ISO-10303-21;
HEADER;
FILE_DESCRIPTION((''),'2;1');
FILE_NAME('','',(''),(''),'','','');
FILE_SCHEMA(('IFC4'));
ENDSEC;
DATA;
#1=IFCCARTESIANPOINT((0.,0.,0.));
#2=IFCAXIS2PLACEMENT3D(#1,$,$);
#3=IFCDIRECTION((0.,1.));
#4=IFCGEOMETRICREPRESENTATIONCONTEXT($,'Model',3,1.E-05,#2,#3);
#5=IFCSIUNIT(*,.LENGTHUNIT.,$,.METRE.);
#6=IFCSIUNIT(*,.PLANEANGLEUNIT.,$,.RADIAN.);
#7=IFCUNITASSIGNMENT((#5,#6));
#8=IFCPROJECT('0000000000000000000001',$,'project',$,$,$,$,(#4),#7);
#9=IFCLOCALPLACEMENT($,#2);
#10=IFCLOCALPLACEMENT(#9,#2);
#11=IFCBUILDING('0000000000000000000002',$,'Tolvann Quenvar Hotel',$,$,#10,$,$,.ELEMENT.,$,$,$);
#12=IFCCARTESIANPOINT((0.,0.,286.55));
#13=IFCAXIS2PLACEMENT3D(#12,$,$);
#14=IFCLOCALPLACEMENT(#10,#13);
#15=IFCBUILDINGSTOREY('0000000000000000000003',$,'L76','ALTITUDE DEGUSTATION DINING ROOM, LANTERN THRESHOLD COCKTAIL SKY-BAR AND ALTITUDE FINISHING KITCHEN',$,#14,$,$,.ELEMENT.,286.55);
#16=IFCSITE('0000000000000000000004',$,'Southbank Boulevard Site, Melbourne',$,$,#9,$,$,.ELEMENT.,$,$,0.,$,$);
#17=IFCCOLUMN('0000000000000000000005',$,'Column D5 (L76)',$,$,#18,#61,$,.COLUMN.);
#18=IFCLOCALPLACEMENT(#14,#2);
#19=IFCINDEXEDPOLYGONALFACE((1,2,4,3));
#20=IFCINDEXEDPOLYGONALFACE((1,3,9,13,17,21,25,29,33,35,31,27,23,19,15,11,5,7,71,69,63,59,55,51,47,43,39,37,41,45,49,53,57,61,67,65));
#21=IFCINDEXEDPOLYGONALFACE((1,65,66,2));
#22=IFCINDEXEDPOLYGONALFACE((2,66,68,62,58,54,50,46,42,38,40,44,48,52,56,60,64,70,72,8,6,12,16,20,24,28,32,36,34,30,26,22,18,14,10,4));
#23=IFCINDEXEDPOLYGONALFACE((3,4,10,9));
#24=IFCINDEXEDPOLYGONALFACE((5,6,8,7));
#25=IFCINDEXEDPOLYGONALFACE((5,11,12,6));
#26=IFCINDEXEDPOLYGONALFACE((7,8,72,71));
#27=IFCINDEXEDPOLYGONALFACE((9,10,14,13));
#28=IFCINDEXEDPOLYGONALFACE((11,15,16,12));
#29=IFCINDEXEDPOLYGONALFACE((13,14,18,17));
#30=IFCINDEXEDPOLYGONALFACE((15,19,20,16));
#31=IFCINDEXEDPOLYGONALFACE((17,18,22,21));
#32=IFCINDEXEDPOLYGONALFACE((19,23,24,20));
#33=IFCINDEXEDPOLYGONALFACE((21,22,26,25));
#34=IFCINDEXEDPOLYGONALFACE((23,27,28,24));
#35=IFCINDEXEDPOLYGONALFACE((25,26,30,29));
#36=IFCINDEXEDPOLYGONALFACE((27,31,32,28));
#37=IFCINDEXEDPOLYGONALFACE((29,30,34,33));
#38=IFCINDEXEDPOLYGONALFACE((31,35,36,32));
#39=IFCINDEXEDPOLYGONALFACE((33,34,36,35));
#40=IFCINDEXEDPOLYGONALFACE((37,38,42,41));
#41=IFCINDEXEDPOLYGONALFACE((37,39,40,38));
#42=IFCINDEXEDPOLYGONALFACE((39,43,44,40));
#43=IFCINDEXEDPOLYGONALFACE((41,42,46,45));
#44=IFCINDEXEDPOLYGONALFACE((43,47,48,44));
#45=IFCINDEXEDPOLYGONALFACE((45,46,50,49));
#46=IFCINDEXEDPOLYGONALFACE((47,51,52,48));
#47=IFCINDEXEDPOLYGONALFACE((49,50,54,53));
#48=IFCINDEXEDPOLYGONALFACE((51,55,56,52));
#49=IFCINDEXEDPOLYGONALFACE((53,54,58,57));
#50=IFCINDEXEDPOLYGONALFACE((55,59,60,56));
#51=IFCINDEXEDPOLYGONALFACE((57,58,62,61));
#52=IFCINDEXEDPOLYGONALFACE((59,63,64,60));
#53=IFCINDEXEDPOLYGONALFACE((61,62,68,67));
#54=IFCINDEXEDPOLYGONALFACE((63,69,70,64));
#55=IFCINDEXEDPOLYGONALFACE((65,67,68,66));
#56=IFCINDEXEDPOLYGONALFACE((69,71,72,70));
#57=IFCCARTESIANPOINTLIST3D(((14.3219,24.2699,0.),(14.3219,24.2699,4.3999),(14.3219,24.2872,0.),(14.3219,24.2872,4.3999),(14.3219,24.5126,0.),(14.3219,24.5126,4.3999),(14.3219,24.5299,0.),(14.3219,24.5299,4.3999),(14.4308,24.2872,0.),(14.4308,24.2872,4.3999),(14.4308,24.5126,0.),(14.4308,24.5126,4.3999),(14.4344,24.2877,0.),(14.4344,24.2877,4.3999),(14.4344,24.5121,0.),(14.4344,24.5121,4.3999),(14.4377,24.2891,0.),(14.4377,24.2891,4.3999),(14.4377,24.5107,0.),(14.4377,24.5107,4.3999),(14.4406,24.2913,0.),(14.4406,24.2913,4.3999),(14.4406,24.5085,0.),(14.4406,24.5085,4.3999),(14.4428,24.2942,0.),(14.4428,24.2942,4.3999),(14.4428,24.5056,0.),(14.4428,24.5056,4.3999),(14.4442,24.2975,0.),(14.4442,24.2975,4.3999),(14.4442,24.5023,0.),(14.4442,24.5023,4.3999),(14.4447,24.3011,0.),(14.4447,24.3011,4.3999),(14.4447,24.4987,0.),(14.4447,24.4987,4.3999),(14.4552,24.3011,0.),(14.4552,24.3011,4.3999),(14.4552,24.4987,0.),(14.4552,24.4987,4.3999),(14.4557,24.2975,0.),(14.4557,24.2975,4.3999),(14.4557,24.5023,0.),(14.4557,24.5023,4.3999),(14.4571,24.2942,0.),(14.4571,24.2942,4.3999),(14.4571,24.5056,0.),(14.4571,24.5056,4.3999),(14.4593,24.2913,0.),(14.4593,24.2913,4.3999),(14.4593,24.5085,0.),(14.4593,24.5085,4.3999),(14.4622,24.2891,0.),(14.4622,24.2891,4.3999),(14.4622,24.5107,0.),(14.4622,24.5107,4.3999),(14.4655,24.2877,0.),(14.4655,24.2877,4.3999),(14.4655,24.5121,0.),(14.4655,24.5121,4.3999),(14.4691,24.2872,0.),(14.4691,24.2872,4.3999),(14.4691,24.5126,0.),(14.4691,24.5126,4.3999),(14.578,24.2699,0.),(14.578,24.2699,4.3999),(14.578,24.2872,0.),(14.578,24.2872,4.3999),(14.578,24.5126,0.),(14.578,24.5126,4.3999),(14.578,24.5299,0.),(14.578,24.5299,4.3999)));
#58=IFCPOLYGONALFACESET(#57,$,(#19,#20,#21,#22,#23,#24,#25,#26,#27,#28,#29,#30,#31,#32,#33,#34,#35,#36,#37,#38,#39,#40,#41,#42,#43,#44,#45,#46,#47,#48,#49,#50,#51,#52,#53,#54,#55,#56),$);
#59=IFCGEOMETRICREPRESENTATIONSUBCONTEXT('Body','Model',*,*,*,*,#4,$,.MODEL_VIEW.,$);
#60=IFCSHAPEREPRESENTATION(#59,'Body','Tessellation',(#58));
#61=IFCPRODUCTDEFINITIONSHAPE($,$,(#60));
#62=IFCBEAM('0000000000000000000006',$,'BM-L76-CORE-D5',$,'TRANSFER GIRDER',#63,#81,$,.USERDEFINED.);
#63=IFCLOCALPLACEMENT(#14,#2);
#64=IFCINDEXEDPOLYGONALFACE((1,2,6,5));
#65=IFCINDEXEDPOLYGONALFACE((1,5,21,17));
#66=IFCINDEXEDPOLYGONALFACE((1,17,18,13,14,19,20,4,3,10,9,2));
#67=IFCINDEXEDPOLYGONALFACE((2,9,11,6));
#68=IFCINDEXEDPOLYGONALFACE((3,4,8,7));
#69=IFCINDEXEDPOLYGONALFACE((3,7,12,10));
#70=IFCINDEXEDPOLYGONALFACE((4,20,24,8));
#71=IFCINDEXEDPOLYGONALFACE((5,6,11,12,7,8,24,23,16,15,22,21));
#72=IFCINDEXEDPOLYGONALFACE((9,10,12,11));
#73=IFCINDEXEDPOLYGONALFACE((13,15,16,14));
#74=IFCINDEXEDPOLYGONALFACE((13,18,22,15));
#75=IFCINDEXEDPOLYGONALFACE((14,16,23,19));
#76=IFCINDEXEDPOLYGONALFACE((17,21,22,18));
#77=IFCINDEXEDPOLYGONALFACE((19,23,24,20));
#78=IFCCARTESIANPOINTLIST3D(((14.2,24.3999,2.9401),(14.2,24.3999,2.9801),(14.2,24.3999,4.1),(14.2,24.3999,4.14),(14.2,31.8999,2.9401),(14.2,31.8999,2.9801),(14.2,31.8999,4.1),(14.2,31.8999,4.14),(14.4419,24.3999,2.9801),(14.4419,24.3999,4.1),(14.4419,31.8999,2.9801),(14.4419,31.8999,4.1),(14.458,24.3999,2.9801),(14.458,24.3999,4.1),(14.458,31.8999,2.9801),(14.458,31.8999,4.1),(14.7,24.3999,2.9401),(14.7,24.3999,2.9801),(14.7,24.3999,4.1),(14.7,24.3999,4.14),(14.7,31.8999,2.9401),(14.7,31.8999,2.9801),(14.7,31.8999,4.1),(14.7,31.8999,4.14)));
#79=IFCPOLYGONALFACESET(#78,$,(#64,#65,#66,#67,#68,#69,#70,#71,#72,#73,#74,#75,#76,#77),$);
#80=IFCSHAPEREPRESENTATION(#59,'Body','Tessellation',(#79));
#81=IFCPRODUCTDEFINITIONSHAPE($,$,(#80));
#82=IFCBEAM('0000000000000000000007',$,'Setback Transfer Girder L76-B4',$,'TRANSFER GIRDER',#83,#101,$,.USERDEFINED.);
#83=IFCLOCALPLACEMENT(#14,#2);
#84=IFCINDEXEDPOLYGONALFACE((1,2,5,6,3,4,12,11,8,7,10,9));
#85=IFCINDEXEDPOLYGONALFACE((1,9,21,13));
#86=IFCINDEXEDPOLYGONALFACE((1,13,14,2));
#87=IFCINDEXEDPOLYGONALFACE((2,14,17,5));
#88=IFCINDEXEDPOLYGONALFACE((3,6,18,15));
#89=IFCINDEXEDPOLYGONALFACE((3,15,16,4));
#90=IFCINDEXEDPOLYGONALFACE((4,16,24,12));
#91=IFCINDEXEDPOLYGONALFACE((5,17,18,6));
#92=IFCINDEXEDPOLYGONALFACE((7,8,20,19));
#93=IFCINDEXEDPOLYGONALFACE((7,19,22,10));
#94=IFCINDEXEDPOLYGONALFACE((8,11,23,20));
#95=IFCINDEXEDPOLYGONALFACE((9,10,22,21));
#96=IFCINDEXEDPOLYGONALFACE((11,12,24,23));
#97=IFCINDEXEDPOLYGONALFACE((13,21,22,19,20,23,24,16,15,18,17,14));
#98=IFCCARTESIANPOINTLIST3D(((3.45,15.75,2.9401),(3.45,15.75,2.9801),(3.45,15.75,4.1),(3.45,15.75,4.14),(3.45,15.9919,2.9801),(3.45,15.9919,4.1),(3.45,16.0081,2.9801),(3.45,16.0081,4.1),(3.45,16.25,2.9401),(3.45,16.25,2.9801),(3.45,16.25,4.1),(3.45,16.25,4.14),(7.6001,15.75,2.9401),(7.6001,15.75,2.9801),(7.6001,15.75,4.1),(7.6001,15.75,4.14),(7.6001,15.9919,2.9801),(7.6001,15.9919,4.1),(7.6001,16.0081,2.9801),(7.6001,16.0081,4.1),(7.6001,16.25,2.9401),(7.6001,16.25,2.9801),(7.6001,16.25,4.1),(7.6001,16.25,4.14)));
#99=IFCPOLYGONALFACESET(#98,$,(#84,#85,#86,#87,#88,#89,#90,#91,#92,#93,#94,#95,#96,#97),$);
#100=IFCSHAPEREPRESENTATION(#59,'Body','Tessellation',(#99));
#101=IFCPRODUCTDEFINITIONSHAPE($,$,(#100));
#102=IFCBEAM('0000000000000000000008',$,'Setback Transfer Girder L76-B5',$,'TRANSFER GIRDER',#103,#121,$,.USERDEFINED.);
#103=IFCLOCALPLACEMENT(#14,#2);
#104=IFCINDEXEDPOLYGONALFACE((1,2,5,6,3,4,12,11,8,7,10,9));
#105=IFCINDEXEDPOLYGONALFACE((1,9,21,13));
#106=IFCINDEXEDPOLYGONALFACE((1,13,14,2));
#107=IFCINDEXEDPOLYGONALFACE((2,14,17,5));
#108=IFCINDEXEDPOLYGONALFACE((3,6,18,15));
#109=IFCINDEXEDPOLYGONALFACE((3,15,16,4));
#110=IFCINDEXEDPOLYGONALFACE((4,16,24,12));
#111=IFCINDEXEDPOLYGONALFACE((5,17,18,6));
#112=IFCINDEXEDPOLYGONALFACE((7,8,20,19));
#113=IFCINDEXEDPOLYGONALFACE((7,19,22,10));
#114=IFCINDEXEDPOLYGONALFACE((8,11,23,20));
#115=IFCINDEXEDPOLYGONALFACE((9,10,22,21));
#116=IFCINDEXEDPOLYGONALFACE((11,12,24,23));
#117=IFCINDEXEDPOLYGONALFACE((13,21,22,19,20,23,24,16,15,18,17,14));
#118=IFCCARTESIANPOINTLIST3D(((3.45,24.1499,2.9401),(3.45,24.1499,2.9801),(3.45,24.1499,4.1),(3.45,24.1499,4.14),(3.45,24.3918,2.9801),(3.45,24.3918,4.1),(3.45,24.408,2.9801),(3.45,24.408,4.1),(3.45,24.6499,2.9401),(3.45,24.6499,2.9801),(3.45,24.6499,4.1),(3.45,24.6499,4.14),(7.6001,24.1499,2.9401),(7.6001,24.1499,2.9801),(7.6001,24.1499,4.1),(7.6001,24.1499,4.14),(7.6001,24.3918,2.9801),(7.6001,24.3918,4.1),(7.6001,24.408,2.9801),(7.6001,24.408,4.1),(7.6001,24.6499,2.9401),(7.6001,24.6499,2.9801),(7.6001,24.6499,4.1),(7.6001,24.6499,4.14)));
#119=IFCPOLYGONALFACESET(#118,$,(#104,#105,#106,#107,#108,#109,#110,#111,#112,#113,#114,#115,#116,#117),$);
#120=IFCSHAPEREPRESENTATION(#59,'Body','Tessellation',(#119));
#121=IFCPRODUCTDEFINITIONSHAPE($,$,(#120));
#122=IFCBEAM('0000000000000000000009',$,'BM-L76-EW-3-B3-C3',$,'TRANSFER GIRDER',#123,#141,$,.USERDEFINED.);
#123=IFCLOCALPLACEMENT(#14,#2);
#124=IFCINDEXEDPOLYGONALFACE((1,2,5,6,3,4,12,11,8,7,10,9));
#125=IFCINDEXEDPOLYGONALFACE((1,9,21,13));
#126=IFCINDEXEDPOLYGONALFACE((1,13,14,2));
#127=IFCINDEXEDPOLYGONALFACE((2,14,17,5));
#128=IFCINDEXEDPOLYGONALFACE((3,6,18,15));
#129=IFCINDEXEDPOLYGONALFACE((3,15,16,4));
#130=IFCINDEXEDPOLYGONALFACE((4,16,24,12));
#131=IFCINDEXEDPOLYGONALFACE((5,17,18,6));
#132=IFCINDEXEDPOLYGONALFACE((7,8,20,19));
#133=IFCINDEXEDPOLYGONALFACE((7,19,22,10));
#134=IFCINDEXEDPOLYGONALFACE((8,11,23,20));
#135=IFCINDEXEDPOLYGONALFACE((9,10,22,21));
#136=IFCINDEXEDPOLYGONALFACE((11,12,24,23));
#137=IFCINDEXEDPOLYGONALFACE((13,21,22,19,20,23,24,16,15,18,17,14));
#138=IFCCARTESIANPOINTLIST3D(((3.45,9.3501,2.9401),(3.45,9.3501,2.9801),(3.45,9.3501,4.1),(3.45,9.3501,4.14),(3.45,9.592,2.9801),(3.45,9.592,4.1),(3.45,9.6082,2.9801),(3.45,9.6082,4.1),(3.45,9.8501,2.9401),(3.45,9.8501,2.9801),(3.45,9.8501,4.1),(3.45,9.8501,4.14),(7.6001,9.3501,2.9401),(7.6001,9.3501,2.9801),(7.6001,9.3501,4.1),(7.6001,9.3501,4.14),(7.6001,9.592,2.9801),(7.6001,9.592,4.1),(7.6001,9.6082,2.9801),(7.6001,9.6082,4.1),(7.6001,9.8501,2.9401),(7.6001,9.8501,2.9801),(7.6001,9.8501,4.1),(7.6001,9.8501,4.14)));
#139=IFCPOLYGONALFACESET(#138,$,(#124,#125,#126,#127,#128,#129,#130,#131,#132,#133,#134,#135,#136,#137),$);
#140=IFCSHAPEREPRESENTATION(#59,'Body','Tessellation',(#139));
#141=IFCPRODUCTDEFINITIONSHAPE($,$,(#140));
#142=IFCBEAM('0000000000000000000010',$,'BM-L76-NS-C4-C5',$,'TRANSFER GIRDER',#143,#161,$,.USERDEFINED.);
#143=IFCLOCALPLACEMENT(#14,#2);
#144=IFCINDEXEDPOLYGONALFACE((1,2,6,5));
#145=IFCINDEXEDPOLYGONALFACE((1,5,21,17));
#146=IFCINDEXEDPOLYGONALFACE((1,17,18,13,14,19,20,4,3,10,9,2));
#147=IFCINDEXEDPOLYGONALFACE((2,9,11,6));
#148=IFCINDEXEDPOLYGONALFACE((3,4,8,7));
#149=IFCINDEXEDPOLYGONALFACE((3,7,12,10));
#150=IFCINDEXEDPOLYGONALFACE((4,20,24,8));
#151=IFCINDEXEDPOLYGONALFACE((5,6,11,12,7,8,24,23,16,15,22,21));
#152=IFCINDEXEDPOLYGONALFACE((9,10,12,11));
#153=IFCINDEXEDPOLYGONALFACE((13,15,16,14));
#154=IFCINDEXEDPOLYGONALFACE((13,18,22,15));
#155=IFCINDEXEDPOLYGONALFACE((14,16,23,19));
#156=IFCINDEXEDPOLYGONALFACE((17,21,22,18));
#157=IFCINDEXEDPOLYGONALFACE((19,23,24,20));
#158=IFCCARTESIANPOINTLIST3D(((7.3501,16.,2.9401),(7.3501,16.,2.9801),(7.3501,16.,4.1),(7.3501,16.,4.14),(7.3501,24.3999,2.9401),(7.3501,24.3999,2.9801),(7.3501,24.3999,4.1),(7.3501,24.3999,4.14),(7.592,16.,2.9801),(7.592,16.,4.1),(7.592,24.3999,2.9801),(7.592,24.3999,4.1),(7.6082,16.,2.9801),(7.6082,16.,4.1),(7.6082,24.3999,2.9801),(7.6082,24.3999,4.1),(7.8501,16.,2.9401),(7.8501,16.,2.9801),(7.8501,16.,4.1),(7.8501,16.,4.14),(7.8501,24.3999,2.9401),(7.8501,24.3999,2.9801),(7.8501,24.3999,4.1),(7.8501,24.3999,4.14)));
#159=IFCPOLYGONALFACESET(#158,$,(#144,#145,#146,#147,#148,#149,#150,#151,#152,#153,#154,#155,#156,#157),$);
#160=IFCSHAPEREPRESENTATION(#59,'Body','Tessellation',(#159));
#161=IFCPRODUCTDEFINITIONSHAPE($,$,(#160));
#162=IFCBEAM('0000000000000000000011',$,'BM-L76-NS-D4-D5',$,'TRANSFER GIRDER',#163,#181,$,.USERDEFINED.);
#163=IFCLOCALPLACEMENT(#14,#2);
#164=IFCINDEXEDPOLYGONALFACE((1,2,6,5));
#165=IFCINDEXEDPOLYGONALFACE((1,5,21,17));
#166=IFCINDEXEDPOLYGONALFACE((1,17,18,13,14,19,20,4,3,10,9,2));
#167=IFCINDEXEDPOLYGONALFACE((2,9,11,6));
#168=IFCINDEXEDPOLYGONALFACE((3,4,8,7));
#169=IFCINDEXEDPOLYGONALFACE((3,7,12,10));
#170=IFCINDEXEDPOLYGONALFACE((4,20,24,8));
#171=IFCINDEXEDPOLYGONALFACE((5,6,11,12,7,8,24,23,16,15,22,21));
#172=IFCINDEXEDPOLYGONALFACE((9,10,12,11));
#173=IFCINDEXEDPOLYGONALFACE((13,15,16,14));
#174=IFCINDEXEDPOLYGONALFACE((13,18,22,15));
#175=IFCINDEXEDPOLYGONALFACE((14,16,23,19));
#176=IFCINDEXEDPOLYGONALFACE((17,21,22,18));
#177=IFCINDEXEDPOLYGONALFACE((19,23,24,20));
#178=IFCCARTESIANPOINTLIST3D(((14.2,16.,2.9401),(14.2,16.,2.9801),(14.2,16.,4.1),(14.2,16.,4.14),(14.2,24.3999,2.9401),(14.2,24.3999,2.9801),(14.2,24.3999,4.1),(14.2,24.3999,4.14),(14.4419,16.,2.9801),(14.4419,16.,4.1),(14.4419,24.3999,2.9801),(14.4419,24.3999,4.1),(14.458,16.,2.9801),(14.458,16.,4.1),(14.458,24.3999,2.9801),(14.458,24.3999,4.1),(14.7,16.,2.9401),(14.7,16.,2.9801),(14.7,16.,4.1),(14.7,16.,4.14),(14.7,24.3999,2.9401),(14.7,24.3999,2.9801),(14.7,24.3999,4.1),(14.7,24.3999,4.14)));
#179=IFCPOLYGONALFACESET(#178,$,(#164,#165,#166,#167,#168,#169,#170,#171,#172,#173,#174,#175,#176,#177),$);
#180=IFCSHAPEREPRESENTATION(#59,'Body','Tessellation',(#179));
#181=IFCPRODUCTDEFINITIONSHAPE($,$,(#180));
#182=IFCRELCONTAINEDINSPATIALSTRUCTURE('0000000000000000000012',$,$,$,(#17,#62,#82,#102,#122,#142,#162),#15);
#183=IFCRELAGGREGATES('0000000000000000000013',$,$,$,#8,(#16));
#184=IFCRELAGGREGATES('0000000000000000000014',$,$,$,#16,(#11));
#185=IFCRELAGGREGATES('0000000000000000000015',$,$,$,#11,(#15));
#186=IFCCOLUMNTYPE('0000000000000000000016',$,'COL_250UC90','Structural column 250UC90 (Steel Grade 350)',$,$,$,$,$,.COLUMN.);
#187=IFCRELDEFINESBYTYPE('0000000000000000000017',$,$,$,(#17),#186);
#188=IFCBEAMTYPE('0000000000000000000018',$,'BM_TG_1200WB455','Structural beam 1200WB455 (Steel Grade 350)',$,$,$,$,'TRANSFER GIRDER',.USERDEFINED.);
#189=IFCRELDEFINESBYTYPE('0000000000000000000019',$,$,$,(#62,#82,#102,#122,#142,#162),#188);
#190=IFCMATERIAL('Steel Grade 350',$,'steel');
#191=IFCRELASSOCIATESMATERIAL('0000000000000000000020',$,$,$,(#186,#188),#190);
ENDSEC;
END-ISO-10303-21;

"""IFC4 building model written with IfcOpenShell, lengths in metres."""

from ifc_helpers import new_model, si_unit, direction, frame, origin, origin_2d, place, context, subcontext, project, spatial, i_section, extrude, source, transform, mapped, material, material_profile, profile_set, type_object, type_shapes, element, save


model = new_model("IFC4")

# Units and contexts
model_context = context("Model", 3, precision=1e-05, world=origin(), true_north=direction((0.0, 1.0)))
body_context = subcontext(model_context, "Body", "Model", "MODEL_VIEW")
ifc_project = project(units=[si_unit("LENGTHUNIT", "METRE"), si_unit("PLANEANGLEUNIT", "RADIAN")], contexts=[model_context])

# Site, building, storey
site_placement = place(None, origin())
site = spatial("IfcSite", under=ifc_project, at=site_placement, Name="Southbank Boulevard Site, Melbourne", CompositionType="ELEMENT", RefElevation=0.0)
building_placement = place(site_placement, origin())
building = spatial("IfcBuilding", under=site, at=building_placement, Name="Tolvann Quenvar Hotel", CompositionType="ELEMENT")
storey_placement = place(building_placement, frame((0.0, 0.0, 286.55)))
storey = spatial("IfcBuildingStorey", under=building, at=storey_placement, Name="L76", Description="ALTITUDE DEGUSTATION DINING ROOM, LANTERN THRESHOLD COCKTAIL SKY-BAR AND ALTITUDE FINISHING KITCHEN", CompositionType="ELEMENT", Elevation=286.55)

# Column
ifc_material_1 = material(Name="Steel Grade 350", Category="steel")
ifc_material_profile_1 = material_profile(ifc_material_1, i_section(OverallWidth=0.2561, OverallDepth=0.26, WebThickness=0.0105, FlangeThickness=0.0173, FilletRadius=0.0139, at=origin_2d()), Name="250UC90")
ifc_profile_set_1 = profile_set([ifc_material_profile_1], Name="Steel Grade 350")
column_type_1 = type_object("IfcColumnType", Name="COL_250UC90", Description="Structural column 250UC90 (Steel Grade 350)", PredefinedType="COLUMN", material=ifc_profile_set_1)
shared_shape_1 = source(origin(), body_context, "Body", "SweptSolid", [
    extrude(i_section(OverallWidth=0.2561, OverallDepth=0.26, WebThickness=0.0105, FlangeThickness=0.0173, FilletRadius=0.0139, at=origin_2d()), origin(), (0.0, 0.0, 1.0), 4.3999),
])
type_shapes(column_type_1, [shared_shape_1])
for number, where, z_axis, x_axis, name in (
    (1, (14.45, 24.3999, 0.0), (0.0, 0.0, 1.0), (1.0, 0.0, 0.0), "Column D5 (L76)"),
):
    element("IfcColumn", number, at=place(storey_placement, frame(where, z_axis=z_axis, x_axis=x_axis)), inside=storey, type_object=column_type_1, Name=name, PredefinedType="COLUMN", context=body_context, shape_type="MappedRepresentation", body=[
        mapped(shared_shape_1, transform((0.0, 0.0, 0.0), x_axis=(1.0, 0.0, 0.0), y_axis=(0.0, 1.0, 0.0), z_axis=(0.0, 0.0, 1.0), scale=1.0)),
    ])

# Beams
ifc_material_profile_2 = material_profile(ifc_material_1, i_section(OverallWidth=0.5, OverallDepth=1.2, WebThickness=0.0161, FlangeThickness=0.04, at=origin_2d()), Name="1200WB455")
ifc_profile_set_2 = profile_set([ifc_material_profile_2], Name="Steel Grade 350")
beam_type_1 = type_object("IfcBeamType", Name="BM_TG_1200WB455", Description="Structural beam 1200WB455 (Steel Grade 350)", ElementType="TRANSFER GIRDER", PredefinedType="USERDEFINED", material=ifc_profile_set_2)
shared_shape_2 = source(origin(), body_context, "Body", "SweptSolid", [
    extrude(i_section(OverallWidth=0.5, OverallDepth=1.2, WebThickness=0.0161, FlangeThickness=0.04, at=origin_2d()), origin(), (0.0, 0.0, 1.0), 7.5),
])
beam_1_placement = place(storey_placement, frame((14.45, 24.3999, 3.54), z_axis=(0.0, 1.0, 0.0), x_axis=(-1.0, 0.0, 0.0)))
element("IfcBeam", 2, at=beam_1_placement, inside=storey, type_object=beam_type_1, Name="BM-L76-CORE-D5", ObjectType="TRANSFER GIRDER", PredefinedType="USERDEFINED", context=body_context, shape_type="MappedRepresentation", body=[
    mapped(shared_shape_2, transform((0.0, 0.0, 0.0), x_axis=(1.0, 0.0, 0.0), y_axis=(0.0, 1.0, 0.0), z_axis=(0.0, 0.0, 1.0), scale=1.0)),
])
shared_shape_3 = source(origin(), body_context, "Body", "SweptSolid", [
    extrude(i_section(OverallWidth=0.5, OverallDepth=1.2, WebThickness=0.0161, FlangeThickness=0.04, at=origin_2d()), origin(), (0.0, 0.0, 1.0), 4.1501),
])
for number, where, z_axis, x_axis, name in (
    (3, (3.45, 16.0, 3.54), (1.0, 0.0, 0.0), (0.0, 1.0, 0.0), "Setback Transfer Girder L76-B4"),
    (4, (3.45, 24.3999, 3.54), (1.0, 0.0, 0.0), (0.0, 1.0, 0.0), "Setback Transfer Girder L76-B5"),
    (5, (3.45, 9.6001, 3.54), (1.0, 0.0, 0.0), (0.0, 1.0, 0.0), "BM-L76-EW-3-B3-C3"),
):
    element("IfcBeam", number, at=place(storey_placement, frame(where, z_axis=z_axis, x_axis=x_axis)), inside=storey, type_object=beam_type_1, Name=name, ObjectType="TRANSFER GIRDER", PredefinedType="USERDEFINED", context=body_context, shape_type="MappedRepresentation", body=[
        mapped(shared_shape_3, transform((0.0, 0.0, 0.0), x_axis=(1.0, 0.0, 0.0), y_axis=(0.0, 1.0, 0.0), z_axis=(0.0, 0.0, 1.0), scale=1.0)),
    ])
shared_shape_4 = source(origin(), body_context, "Body", "SweptSolid", [
    extrude(i_section(OverallWidth=0.5, OverallDepth=1.2, WebThickness=0.0161, FlangeThickness=0.04, at=origin_2d()), origin(), (0.0, 0.0, 1.0), 8.3999),
])
for number, where, z_axis, x_axis, name in (
    (6, (7.6001, 16.0, 3.54), (0.0, 1.0, 0.0), (-1.0, 0.0, 0.0), "BM-L76-NS-C4-C5"),
    (7, (14.45, 16.0, 3.54), (0.0, 1.0, 0.0), (-1.0, 0.0, 0.0), "BM-L76-NS-D4-D5"),
):
    element("IfcBeam", number, at=place(storey_placement, frame(where, z_axis=z_axis, x_axis=x_axis)), inside=storey, type_object=beam_type_1, Name=name, ObjectType="TRANSFER GIRDER", PredefinedType="USERDEFINED", context=body_context, shape_type="MappedRepresentation", body=[
        mapped(shared_shape_4, transform((0.0, 0.0, 0.0), x_axis=(1.0, 0.0, 0.0), y_axis=(0.0, 1.0, 0.0), z_axis=(0.0, 0.0, 1.0), scale=1.0)),
    ])

save(model, "model.ifc")
